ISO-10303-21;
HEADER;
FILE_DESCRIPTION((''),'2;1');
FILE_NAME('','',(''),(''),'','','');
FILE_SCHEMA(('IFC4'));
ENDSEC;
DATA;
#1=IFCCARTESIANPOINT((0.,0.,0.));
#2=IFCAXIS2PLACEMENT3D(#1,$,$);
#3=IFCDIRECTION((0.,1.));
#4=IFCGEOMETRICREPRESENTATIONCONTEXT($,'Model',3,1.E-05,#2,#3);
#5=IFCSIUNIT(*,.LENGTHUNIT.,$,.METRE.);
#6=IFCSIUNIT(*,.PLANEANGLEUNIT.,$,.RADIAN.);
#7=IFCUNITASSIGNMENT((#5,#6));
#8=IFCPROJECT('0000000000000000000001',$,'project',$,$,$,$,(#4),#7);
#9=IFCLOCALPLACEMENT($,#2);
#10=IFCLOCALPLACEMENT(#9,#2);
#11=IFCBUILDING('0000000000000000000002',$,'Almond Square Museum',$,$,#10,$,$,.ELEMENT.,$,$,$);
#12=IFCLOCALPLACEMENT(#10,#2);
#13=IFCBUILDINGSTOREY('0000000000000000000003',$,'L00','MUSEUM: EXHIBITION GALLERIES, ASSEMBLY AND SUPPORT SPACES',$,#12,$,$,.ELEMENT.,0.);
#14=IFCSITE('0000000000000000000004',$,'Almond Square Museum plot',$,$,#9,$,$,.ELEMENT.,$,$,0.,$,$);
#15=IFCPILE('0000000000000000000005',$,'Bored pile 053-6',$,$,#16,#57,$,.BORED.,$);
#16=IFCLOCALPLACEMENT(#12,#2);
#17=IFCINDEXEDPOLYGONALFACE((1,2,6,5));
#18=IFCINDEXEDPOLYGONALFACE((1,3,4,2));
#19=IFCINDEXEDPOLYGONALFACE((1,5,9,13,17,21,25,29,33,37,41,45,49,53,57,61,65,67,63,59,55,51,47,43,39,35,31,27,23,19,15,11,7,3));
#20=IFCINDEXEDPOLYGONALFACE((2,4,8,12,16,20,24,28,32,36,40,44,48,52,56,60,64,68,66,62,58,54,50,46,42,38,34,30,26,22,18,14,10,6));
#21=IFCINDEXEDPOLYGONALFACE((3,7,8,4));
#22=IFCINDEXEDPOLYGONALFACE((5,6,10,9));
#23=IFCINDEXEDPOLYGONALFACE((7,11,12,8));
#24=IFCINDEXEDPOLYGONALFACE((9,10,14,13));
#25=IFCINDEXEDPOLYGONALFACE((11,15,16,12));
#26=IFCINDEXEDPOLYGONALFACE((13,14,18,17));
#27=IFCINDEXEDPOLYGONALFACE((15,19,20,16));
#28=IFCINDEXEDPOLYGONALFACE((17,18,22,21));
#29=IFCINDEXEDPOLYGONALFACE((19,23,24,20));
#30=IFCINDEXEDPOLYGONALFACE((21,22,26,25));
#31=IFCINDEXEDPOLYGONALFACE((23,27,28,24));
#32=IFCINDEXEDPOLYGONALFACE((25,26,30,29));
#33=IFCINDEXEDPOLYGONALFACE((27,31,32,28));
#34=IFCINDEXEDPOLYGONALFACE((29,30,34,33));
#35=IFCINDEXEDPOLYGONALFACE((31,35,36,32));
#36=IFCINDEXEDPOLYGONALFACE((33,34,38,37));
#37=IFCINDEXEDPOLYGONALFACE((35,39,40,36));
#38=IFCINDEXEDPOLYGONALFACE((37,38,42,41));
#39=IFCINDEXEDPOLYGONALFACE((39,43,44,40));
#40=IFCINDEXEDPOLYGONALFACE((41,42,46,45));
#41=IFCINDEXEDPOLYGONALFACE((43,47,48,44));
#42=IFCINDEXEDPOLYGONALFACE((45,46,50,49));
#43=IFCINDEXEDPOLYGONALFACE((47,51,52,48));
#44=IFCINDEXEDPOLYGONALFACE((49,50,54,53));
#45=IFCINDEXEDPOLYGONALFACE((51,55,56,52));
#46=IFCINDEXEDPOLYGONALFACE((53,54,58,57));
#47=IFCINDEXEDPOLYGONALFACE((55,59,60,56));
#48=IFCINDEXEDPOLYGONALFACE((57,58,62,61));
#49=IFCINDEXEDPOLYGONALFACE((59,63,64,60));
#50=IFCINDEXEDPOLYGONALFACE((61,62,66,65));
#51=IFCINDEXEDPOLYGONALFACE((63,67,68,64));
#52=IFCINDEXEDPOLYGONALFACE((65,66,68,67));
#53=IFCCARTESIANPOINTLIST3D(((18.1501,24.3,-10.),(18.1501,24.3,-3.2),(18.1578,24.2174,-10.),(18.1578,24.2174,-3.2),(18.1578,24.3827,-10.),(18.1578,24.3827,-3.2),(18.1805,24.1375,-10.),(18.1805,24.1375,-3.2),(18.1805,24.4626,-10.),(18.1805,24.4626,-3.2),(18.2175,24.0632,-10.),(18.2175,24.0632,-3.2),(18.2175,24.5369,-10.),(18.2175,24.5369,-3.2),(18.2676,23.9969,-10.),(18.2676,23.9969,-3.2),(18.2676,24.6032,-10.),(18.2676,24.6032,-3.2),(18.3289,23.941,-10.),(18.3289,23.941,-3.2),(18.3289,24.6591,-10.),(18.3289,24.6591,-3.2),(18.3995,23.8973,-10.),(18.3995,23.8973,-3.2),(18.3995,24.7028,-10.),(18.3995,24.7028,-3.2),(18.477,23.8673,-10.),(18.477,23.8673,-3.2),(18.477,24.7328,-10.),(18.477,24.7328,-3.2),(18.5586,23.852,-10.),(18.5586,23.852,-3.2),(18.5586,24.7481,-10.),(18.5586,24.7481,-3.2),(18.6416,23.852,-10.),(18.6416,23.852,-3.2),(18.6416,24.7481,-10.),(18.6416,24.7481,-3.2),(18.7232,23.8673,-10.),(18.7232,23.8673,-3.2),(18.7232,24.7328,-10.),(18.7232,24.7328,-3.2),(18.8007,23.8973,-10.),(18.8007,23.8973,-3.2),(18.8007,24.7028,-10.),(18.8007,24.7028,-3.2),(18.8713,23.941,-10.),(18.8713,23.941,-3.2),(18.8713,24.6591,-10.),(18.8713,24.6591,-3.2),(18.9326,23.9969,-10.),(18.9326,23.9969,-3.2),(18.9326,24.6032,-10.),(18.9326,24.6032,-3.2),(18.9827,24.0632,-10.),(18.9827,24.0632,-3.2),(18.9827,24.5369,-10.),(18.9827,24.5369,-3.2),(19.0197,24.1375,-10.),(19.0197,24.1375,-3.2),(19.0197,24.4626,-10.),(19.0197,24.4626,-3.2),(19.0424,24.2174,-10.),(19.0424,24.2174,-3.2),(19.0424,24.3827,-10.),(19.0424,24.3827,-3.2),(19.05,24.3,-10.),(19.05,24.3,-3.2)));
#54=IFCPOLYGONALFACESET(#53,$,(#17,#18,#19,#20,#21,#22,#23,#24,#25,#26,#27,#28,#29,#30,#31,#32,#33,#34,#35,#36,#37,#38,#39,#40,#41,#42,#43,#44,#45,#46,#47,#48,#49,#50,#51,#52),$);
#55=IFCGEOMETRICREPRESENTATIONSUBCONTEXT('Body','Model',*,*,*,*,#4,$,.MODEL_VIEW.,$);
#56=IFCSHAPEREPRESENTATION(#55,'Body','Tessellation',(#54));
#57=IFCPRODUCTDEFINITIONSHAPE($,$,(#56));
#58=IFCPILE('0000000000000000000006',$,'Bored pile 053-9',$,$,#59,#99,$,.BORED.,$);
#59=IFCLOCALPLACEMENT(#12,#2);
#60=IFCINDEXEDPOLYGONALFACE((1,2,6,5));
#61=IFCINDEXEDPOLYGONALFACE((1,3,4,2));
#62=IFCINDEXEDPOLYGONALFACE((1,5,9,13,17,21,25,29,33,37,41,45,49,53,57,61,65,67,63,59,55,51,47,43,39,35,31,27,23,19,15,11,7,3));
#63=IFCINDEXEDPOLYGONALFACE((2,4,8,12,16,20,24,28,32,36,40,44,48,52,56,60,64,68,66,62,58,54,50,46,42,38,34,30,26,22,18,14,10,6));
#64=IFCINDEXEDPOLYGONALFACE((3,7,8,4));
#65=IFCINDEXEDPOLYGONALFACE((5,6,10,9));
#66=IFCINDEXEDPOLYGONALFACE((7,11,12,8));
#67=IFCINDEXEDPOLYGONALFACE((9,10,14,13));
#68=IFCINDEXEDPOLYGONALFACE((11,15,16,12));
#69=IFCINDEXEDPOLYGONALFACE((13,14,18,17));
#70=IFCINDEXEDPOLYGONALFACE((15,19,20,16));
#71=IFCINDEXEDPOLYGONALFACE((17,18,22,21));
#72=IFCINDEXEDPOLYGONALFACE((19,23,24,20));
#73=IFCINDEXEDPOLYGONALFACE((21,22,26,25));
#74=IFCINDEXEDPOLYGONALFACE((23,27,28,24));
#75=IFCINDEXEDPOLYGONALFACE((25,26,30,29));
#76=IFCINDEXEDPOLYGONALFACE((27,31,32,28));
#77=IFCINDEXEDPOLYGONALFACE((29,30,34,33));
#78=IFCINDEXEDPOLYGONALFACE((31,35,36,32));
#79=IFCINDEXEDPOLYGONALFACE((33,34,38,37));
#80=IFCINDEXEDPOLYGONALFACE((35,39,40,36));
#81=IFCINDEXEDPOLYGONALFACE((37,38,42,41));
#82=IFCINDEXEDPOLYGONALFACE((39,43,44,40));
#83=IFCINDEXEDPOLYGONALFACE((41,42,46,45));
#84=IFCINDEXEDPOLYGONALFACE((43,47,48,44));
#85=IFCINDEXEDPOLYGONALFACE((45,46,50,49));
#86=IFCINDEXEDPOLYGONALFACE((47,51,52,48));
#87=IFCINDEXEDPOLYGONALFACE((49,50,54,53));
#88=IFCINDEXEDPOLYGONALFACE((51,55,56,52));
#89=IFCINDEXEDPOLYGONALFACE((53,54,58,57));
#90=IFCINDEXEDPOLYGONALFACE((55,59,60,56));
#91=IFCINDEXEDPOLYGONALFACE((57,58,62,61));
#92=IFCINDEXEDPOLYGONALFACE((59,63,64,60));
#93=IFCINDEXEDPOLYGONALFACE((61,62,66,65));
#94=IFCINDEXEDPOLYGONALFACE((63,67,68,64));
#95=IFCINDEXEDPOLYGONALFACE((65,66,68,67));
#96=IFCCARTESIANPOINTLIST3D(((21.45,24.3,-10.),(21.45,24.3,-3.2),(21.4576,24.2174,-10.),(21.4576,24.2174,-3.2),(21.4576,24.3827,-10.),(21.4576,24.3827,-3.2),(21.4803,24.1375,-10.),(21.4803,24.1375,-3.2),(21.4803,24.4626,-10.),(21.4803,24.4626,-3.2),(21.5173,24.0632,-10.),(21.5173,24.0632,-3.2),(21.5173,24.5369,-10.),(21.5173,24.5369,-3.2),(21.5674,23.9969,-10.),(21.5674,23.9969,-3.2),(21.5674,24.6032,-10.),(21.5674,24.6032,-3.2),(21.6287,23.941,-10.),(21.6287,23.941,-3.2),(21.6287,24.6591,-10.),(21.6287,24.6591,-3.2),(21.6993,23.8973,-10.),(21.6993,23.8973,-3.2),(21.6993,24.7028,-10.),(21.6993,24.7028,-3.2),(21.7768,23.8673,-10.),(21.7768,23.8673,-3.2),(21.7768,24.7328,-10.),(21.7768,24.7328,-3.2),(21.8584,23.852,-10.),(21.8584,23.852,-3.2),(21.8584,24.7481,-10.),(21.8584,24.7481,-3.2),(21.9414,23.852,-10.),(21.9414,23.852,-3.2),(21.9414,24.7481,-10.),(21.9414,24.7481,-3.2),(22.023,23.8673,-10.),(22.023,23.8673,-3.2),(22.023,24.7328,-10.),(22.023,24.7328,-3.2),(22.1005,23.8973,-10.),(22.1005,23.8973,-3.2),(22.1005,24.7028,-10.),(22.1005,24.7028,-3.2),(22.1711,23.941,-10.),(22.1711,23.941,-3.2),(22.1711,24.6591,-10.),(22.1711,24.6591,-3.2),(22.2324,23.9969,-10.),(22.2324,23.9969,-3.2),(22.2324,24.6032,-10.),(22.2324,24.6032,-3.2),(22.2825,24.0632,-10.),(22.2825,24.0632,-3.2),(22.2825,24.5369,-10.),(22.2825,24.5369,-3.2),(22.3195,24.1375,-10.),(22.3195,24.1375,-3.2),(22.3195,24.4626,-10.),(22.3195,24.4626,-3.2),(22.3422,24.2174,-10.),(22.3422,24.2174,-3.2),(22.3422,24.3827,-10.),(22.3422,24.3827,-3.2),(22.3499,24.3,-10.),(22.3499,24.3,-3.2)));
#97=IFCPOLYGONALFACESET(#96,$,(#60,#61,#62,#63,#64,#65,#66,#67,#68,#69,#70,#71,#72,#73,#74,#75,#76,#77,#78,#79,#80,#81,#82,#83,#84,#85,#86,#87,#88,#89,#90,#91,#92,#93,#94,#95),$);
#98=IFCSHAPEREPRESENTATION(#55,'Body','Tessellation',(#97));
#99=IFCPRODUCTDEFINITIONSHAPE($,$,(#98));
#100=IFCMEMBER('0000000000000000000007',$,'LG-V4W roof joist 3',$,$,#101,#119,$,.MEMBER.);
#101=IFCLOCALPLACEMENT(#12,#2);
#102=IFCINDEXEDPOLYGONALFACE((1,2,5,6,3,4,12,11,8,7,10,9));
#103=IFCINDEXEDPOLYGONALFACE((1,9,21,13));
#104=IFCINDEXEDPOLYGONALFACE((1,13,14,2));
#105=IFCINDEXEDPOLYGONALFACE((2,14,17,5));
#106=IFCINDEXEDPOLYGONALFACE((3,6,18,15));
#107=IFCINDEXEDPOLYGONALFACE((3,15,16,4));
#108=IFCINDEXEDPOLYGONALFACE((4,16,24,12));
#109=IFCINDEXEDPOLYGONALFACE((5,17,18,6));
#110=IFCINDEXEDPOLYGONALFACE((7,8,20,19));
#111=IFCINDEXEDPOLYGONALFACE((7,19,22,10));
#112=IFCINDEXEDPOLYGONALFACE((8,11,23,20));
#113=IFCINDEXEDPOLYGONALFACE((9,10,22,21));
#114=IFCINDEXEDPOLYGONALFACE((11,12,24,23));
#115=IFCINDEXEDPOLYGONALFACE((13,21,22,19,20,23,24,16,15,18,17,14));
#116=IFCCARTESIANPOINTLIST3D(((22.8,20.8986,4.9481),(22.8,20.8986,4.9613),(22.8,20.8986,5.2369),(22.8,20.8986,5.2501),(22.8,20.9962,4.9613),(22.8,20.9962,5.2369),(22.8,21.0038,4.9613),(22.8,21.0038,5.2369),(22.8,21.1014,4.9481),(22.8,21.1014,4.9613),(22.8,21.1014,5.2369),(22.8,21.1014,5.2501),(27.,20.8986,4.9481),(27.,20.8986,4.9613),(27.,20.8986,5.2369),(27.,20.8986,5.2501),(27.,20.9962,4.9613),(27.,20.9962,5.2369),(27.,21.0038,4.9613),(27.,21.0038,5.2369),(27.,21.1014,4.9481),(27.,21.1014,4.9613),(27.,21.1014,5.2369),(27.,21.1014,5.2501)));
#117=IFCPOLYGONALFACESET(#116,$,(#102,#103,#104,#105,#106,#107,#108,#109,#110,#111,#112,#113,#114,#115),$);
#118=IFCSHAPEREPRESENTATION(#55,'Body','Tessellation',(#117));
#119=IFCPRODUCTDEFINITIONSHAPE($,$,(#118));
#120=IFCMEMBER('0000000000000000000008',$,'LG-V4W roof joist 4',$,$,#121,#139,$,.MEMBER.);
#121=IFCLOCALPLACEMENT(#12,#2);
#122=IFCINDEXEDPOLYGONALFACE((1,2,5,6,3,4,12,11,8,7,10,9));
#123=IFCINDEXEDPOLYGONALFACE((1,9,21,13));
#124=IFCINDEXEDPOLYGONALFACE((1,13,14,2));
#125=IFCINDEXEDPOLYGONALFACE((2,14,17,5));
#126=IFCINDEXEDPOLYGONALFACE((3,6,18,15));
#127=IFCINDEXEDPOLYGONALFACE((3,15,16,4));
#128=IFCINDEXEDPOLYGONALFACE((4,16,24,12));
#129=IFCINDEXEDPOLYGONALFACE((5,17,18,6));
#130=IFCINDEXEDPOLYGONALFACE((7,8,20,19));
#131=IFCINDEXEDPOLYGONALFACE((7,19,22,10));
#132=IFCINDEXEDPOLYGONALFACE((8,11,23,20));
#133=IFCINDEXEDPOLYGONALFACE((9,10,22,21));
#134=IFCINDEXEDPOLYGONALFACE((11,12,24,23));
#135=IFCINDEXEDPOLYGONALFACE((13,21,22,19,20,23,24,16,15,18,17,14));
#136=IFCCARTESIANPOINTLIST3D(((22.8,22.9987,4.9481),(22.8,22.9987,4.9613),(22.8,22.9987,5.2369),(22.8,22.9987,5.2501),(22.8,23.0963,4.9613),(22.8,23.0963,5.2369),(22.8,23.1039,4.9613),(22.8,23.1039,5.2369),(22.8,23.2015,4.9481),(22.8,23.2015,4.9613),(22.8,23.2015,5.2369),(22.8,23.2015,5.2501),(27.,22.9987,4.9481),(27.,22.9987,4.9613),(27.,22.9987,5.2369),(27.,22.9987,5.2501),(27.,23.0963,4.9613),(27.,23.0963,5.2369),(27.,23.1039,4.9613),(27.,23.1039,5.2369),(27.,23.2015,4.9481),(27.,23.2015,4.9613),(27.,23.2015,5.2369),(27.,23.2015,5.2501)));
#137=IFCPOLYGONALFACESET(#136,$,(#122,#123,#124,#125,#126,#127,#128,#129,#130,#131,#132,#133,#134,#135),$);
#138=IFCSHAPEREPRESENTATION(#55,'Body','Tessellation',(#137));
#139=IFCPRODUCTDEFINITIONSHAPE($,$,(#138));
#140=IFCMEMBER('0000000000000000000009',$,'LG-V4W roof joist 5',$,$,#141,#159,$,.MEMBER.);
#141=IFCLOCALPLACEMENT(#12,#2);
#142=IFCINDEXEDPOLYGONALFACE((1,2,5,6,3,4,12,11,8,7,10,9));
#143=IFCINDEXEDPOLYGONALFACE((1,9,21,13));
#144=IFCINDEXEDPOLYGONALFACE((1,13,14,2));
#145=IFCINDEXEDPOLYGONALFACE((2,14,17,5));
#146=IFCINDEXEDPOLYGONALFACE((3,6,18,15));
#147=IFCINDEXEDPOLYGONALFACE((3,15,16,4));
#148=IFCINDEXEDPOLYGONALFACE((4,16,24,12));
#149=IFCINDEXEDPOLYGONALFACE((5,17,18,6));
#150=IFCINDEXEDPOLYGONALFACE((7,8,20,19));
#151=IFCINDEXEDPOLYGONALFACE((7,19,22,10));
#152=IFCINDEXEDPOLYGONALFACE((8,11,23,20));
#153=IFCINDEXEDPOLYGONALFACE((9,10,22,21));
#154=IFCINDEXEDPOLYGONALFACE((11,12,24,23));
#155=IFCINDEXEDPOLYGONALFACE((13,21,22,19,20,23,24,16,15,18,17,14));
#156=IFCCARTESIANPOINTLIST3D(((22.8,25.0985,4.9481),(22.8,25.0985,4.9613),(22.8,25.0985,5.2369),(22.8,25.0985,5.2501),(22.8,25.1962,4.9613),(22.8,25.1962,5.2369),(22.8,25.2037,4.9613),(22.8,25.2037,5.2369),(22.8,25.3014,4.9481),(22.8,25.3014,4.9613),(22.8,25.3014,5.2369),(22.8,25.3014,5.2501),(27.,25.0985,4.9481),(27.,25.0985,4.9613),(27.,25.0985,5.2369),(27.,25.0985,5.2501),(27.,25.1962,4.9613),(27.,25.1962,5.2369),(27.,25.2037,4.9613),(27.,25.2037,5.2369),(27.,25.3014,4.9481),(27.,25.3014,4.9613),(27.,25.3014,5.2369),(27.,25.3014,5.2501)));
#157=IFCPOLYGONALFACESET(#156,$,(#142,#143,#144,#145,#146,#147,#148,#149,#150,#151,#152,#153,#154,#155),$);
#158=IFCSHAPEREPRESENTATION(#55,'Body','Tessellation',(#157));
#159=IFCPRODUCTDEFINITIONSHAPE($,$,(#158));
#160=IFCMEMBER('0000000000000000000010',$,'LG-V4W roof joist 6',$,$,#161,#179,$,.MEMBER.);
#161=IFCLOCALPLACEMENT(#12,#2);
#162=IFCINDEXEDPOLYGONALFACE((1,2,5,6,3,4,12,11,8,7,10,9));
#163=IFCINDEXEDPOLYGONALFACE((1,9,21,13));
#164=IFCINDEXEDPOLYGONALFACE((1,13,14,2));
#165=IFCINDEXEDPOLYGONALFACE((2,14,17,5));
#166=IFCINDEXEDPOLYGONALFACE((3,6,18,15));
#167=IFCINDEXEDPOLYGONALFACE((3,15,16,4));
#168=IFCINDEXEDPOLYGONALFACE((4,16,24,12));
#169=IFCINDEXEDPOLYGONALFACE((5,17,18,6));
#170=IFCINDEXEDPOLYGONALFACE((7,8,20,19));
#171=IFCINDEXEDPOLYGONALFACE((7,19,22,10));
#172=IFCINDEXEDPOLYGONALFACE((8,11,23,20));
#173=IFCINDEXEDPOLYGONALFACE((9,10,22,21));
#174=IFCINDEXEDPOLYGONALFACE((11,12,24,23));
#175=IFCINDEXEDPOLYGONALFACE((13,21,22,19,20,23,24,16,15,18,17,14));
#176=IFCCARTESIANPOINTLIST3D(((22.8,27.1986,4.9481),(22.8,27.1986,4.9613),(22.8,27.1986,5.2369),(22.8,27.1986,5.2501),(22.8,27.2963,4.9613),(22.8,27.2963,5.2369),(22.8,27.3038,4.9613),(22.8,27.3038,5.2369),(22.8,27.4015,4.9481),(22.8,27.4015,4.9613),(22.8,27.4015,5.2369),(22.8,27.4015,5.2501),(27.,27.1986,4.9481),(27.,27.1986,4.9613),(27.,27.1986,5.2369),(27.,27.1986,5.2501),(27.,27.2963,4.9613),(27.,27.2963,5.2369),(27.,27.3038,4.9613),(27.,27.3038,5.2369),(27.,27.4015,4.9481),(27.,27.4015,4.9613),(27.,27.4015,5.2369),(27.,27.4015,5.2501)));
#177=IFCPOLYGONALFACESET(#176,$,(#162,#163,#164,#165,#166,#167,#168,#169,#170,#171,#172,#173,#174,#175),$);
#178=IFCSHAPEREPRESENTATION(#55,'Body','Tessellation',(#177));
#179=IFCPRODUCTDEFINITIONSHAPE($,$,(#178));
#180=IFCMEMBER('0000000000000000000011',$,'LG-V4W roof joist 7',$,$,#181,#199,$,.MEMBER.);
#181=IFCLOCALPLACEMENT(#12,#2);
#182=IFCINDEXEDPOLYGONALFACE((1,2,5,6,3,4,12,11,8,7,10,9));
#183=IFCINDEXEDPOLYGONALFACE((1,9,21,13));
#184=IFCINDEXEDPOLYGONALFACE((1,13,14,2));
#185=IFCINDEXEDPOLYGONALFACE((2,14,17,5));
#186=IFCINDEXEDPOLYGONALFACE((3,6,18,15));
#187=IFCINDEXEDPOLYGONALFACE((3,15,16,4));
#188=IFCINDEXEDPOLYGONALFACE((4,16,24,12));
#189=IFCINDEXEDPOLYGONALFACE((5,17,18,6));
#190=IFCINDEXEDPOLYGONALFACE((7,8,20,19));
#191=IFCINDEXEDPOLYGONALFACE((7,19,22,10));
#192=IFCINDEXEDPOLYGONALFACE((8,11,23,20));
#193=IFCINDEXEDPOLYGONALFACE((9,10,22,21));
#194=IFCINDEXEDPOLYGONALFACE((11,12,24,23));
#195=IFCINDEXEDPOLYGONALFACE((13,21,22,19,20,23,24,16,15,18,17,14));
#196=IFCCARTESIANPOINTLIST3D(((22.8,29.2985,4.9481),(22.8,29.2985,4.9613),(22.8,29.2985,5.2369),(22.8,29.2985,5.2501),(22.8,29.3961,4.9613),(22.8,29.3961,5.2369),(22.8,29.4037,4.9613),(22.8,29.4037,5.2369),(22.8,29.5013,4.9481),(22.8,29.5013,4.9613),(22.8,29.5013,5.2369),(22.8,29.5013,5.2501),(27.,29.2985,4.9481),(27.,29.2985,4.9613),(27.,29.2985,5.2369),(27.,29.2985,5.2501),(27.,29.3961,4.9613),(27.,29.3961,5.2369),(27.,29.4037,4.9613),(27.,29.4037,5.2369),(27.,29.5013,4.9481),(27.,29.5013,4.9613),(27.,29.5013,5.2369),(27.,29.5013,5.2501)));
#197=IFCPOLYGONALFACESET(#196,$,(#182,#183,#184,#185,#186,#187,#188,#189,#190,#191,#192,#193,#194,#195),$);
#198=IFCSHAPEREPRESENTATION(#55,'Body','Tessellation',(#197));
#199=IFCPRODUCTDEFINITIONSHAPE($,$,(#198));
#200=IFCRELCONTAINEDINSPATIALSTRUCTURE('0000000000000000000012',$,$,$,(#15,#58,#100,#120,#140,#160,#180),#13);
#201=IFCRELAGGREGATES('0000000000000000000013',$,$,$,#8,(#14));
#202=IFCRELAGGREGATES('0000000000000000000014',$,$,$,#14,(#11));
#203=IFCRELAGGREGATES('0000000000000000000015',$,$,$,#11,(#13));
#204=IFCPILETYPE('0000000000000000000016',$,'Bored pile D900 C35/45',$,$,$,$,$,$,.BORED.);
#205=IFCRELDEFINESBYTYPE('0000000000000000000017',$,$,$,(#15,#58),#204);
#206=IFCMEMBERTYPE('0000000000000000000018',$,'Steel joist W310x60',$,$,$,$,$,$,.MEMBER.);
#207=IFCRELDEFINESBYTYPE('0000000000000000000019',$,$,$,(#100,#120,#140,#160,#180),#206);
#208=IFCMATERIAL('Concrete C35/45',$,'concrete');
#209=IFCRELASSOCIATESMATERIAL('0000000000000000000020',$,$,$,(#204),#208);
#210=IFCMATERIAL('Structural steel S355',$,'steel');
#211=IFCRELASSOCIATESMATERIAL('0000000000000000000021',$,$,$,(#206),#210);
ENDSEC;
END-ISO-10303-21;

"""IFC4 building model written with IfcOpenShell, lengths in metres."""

from ifc_helpers import new_model, si_unit, direction, frame, origin, origin_2d, place, context, subcontext, project, spatial, circle, i_section, extrude, material, material_profile, profile_set, type_object, element, save


model = new_model("IFC4")

# Units and contexts
model_context = context("Model", 3, precision=1e-05, world=origin(), true_north=direction((0.0, 1.0)))
body_context = subcontext(model_context, "Body", "Model", "MODEL_VIEW")
ifc_project = project(units=[si_unit("LENGTHUNIT", "METRE"), si_unit("PLANEANGLEUNIT", "RADIAN")], contexts=[model_context])

# Site, building, storey
site_placement = place(None, origin())
site = spatial("IfcSite", under=ifc_project, at=site_placement, Name="Almond Square Museum plot", CompositionType="ELEMENT", RefElevation=0.0)
building_placement = place(site_placement, origin())
building = spatial("IfcBuilding", under=site, at=building_placement, Name="Almond Square Museum", CompositionType="ELEMENT")
storey_placement = place(building_placement, origin())
storey = spatial("IfcBuildingStorey", under=building, at=storey_placement, Name="L00", Description="MUSEUM: EXHIBITION GALLERIES, ASSEMBLY AND SUPPORT SPACES", CompositionType="ELEMENT", Elevation=0.0)

# Piles
ifc_material_1 = material(Name="Concrete C35/45", Category="concrete")
ifc_material_profile_1 = material_profile(ifc_material_1, circle(Radius=0.45, at=origin_2d()))
ifc_profile_set_1 = profile_set([ifc_material_profile_1], Name="Concrete C35/45")
pile_type = type_object("IfcPileType", Name="Bored pile D900 C35/45", PredefinedType="BORED", material=ifc_profile_set_1)
for number, where, z_axis, x_axis, name in (
    (1, (18.6001, 24.3, -3.2), (0.0, 0.0, -1.0), (1.0, 0.0, 0.0), "Bored pile 053-6"),
    (2, (21.8999, 24.3, -3.2), (0.0, 0.0, -1.0), (1.0, 0.0, 0.0), "Bored pile 053-9"),
):
    element("IfcPile", number, at=place(storey_placement, frame(where, z_axis=z_axis, x_axis=x_axis)), inside=storey, type_object=pile_type, Name=name, PredefinedType="BORED", context=body_context, shape_type="SweptSolid", body=[
        extrude(circle(Radius=0.45, at=origin_2d()), origin(), (0.0, 0.0, 1.0), 6.8),
    ])

# Members
ifc_material_2 = material(Name="Structural steel S355", Category="steel")
ifc_material_profile_2 = material_profile(ifc_material_2, i_section(OverallWidth=0.2029, OverallDepth=0.302, WebThickness=0.0076, FlangeThickness=0.0132, at=origin_2d()))
ifc_profile_set_2 = profile_set([ifc_material_profile_2], Name="Structural steel S355")
member_type = type_object("IfcMemberType", Name="Steel joist W310x60", PredefinedType="MEMBER", material=ifc_profile_set_2)
for number, where, z_axis, x_axis, name in (
    (3, (22.8, 21.0, 5.0991), (1.0, 0.0, 0.0), (0.0, 1.0, 0.0), "LG-V4W roof joist 3"),
    (4, (22.8, 23.1001, 5.0991), (1.0, 0.0, 0.0), (0.0, 1.0, 0.0), "LG-V4W roof joist 4"),
    (5, (22.8, 25.2, 5.0991), (1.0, 0.0, 0.0), (0.0, 1.0, 0.0), "LG-V4W roof joist 5"),
    (6, (22.8, 27.3, 5.0991), (1.0, 0.0, 0.0), (0.0, 1.0, 0.0), "LG-V4W roof joist 6"),
    (7, (22.8, 29.3999, 5.0991), (1.0, 0.0, 0.0), (0.0, 1.0, 0.0), "LG-V4W roof joist 7"),
):
    element("IfcMember", number, at=place(storey_placement, frame(where, z_axis=z_axis, x_axis=x_axis)), inside=storey, type_object=member_type, Name=name, PredefinedType="MEMBER", context=body_context, shape_type="SweptSolid", body=[
        extrude(i_section(OverallWidth=0.2029, OverallDepth=0.302, WebThickness=0.0076, FlangeThickness=0.0132, at=origin_2d()), origin(), (0.0, 0.0, 1.0), 4.2),
    ])

save(model, "model.ifc")
